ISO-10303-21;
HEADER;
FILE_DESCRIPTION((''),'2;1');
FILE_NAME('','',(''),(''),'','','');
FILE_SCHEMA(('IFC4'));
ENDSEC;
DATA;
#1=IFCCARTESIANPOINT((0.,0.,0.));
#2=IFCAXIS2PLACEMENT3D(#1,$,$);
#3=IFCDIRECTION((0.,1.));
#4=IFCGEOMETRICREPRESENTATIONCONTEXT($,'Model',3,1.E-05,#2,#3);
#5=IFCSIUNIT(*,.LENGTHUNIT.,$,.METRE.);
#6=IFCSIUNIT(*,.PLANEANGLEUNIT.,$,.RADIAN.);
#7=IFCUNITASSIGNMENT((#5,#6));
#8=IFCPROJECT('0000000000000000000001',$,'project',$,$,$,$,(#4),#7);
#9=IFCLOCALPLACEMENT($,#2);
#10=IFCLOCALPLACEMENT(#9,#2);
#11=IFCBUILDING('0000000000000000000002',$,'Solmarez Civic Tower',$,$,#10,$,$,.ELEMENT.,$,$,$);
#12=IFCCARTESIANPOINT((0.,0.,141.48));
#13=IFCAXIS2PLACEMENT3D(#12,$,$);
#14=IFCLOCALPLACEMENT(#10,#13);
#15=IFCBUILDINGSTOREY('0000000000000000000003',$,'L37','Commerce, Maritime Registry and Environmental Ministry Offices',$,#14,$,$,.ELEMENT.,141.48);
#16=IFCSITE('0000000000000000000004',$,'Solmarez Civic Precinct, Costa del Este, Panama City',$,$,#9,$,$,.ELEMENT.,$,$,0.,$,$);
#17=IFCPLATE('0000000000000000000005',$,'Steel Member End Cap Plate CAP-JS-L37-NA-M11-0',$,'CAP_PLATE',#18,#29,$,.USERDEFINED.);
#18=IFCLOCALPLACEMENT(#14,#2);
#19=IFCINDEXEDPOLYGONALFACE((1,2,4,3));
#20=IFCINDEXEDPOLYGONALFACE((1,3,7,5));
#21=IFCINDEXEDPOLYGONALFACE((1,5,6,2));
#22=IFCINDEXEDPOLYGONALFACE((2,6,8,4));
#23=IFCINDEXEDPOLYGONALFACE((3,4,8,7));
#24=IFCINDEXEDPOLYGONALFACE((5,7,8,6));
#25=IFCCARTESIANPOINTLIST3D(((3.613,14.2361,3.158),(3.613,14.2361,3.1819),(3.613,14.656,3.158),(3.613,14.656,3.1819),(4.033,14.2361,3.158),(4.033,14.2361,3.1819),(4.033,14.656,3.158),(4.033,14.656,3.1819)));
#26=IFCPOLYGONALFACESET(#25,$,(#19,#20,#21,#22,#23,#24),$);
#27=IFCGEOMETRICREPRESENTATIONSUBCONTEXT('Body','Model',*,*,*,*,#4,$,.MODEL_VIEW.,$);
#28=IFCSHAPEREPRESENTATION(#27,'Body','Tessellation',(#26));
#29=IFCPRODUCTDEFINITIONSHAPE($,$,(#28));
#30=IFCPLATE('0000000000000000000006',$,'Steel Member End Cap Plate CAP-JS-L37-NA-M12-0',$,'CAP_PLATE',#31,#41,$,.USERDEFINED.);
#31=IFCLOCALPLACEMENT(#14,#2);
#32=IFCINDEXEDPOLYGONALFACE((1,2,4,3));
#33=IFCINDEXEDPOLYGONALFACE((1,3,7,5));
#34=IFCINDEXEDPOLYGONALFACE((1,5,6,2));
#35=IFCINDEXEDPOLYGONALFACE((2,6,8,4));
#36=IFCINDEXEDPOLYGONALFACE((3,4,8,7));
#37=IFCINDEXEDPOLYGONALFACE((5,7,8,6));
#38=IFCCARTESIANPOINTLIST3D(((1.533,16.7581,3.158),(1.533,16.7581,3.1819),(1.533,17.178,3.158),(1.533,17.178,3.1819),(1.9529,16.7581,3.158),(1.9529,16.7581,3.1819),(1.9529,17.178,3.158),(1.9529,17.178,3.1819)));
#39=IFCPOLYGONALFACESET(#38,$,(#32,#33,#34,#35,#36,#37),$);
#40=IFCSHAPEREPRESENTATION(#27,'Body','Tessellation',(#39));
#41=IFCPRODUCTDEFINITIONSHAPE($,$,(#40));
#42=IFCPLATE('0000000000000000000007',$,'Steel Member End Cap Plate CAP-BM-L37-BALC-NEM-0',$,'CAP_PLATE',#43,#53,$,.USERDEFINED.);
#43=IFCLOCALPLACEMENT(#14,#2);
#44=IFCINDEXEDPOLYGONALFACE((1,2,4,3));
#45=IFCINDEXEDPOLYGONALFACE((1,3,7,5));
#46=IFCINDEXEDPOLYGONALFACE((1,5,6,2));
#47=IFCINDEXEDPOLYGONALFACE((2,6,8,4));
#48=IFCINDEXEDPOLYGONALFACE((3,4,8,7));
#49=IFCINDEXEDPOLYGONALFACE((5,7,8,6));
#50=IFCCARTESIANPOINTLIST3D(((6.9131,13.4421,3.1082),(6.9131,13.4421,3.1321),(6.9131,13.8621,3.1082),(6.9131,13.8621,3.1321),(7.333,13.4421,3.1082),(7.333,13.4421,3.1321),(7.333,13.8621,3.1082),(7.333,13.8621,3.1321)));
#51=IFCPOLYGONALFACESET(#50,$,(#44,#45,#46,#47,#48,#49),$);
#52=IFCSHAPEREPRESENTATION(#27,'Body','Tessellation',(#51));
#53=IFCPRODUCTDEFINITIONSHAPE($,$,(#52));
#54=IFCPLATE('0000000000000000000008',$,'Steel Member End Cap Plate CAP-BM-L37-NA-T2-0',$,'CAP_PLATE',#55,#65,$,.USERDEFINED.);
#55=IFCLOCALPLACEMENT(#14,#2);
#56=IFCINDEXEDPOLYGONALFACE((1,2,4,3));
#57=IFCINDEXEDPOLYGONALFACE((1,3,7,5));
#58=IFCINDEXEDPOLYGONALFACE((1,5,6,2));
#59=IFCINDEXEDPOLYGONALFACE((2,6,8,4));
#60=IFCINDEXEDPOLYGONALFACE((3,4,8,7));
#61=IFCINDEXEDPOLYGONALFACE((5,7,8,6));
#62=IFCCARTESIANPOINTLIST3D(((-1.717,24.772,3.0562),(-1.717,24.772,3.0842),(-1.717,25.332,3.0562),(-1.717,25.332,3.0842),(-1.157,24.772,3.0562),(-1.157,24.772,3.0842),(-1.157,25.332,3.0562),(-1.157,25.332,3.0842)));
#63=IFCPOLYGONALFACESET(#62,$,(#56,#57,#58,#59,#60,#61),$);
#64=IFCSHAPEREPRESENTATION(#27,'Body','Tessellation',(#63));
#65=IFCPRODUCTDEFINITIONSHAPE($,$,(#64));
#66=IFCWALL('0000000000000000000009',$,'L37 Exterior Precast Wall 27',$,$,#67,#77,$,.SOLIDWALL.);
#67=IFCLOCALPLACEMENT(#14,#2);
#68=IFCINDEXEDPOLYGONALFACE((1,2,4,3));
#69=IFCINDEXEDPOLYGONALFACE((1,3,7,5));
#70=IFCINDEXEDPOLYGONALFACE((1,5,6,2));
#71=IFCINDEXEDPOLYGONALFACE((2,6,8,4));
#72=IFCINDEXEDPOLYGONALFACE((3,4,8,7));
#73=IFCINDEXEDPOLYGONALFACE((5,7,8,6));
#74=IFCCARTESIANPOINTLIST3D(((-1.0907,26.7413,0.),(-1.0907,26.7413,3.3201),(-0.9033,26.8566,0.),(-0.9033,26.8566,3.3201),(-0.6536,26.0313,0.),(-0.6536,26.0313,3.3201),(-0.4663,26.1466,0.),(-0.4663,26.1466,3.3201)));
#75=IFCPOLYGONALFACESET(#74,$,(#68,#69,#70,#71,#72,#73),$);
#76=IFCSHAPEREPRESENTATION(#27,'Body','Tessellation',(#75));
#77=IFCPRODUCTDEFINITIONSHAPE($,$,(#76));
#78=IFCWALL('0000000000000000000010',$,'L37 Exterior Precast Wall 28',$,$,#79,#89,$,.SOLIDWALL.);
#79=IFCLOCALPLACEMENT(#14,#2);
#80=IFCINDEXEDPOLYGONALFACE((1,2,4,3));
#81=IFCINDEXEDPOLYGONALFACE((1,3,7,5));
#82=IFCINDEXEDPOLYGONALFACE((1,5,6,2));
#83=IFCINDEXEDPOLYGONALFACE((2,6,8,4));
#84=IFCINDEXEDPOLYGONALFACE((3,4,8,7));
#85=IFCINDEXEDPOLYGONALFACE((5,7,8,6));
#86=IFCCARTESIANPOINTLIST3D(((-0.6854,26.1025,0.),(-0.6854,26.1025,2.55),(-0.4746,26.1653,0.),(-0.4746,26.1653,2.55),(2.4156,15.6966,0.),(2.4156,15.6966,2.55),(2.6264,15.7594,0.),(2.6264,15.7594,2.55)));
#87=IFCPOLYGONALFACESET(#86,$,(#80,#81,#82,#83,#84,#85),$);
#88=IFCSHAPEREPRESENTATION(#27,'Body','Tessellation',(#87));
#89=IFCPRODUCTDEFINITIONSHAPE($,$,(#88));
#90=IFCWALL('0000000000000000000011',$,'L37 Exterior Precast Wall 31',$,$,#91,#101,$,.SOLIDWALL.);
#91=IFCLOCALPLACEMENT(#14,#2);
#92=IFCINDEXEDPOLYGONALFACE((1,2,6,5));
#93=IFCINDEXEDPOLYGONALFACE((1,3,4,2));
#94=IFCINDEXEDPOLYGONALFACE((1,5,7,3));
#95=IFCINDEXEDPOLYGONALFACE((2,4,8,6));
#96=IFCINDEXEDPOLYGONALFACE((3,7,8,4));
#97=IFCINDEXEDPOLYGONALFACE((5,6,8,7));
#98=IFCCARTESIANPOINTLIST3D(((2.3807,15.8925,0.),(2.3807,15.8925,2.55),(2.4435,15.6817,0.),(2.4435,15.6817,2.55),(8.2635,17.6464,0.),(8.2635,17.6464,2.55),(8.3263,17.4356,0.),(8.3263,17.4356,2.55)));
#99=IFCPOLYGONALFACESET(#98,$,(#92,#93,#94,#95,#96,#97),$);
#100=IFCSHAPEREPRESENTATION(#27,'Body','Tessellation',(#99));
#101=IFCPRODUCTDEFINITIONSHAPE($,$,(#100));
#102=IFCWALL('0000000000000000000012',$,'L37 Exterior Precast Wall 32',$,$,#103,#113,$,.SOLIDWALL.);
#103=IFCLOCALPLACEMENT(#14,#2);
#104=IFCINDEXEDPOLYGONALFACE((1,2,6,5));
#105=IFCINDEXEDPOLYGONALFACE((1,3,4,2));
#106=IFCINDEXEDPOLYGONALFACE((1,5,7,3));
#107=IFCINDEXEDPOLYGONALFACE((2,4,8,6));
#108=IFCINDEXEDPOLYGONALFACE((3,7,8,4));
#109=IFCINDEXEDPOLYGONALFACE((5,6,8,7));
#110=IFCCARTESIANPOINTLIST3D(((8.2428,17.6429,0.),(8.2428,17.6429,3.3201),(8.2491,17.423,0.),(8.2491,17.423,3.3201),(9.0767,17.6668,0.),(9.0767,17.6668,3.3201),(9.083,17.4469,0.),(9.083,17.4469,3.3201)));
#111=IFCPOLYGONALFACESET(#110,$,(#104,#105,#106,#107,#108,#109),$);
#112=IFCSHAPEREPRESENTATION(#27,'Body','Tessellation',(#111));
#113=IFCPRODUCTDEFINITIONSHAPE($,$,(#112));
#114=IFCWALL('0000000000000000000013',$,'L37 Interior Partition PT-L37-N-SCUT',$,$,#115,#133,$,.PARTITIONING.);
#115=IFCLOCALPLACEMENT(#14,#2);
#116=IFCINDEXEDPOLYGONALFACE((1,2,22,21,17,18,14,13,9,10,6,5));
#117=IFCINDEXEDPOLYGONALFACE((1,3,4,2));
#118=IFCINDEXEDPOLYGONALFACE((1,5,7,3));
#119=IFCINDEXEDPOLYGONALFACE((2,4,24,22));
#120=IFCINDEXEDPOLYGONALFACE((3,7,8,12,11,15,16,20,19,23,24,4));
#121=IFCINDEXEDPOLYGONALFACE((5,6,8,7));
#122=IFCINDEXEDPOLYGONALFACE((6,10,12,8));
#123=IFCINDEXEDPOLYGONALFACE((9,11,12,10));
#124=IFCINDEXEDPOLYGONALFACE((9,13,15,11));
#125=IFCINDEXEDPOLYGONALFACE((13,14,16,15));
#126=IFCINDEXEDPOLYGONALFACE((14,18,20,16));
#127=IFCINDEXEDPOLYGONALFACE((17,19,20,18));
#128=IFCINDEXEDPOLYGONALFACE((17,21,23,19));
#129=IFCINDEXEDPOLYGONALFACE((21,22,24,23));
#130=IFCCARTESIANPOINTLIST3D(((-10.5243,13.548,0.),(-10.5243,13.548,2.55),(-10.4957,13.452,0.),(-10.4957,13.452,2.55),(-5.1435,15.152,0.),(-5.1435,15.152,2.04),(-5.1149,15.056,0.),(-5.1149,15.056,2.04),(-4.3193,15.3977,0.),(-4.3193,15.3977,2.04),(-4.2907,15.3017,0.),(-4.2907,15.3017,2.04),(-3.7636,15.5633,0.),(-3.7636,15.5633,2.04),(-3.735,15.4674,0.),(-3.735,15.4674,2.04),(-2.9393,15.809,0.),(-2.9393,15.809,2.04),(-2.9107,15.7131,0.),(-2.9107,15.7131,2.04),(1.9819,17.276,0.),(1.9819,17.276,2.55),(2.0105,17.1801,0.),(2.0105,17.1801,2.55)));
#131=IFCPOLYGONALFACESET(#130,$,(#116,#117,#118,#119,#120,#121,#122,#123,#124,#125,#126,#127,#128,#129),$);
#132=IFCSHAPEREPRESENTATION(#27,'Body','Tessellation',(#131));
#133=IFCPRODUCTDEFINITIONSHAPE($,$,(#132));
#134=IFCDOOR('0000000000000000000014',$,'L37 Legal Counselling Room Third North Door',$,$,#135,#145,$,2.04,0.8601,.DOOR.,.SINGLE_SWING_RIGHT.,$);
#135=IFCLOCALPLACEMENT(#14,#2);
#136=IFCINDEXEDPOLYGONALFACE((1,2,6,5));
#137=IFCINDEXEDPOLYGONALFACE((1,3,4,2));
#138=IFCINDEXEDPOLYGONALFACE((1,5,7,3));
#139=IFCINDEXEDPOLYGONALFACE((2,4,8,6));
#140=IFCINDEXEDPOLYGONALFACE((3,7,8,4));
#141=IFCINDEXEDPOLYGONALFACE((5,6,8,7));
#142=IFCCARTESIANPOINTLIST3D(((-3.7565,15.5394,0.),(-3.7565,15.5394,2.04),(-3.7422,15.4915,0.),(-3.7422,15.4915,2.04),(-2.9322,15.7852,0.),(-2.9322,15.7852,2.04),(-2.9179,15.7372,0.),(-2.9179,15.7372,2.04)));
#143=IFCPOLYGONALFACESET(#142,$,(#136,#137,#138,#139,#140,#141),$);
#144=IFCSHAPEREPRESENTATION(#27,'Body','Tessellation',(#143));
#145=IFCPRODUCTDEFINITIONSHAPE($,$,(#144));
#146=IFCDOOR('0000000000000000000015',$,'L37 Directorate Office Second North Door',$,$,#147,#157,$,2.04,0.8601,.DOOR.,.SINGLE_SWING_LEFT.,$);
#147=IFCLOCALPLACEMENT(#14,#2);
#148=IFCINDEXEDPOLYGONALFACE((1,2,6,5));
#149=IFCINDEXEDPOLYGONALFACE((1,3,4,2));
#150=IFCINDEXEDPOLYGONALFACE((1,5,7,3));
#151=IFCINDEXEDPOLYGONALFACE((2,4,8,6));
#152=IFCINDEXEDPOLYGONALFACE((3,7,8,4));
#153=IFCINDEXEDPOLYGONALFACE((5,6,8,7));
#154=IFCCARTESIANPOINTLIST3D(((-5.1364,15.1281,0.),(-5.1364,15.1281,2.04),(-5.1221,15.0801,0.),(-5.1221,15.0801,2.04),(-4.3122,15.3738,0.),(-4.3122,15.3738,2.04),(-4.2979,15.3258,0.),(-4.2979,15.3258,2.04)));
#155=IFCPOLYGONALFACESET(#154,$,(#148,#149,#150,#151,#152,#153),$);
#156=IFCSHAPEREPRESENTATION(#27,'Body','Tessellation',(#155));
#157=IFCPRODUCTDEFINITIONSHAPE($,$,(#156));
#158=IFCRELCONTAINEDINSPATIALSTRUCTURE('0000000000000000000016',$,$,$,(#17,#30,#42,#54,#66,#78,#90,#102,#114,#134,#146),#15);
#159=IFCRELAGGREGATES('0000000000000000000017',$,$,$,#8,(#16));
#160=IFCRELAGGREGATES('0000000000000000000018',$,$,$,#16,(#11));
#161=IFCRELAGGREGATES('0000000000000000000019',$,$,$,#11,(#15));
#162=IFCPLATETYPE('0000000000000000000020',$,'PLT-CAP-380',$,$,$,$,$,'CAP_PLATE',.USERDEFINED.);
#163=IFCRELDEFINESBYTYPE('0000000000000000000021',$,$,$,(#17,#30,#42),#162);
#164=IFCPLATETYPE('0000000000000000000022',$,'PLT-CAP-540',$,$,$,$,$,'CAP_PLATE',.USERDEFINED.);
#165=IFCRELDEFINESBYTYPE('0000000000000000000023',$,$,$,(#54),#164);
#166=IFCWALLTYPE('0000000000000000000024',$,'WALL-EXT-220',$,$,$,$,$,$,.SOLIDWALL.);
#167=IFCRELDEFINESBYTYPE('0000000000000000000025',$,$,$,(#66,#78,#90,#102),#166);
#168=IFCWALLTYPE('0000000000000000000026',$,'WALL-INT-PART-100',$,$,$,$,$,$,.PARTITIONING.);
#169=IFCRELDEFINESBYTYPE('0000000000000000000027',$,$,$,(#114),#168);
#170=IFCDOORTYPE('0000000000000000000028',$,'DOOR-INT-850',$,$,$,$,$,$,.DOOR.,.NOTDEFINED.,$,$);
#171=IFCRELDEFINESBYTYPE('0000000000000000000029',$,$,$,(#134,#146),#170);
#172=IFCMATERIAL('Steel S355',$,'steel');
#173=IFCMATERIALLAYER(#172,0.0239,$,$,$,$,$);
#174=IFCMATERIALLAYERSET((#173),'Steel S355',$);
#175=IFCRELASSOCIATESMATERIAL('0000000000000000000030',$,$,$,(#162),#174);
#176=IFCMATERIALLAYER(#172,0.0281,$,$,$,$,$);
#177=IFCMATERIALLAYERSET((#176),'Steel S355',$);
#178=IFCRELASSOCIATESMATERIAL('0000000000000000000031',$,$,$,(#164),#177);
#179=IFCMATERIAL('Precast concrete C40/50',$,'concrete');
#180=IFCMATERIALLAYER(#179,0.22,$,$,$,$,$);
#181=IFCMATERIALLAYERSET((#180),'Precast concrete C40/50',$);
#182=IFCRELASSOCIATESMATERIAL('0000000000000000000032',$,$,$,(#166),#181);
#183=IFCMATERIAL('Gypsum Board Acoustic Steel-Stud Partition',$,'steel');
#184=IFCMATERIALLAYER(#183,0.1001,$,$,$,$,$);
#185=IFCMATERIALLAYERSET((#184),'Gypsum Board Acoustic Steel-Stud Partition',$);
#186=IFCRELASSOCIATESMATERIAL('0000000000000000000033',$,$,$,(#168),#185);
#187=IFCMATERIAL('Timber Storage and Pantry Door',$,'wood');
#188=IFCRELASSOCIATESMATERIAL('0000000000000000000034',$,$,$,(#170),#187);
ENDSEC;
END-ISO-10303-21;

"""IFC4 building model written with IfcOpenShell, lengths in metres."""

from ifc_helpers import new_model, si_unit, direction, frame, frame_2d, origin, origin_2d, place, context, subcontext, project, spatial, rectangle, extrude, material, layer, layer_set, type_object, element, fill, save


model = new_model("IFC4")

# Units and contexts
model_context = context("Model", 3, precision=1e-05, world=origin(), true_north=direction((0.0, 1.0)))
body_context = subcontext(model_context, "Body", "Model", "MODEL_VIEW")
ifc_project = project(units=[si_unit("LENGTHUNIT", "METRE"), si_unit("PLANEANGLEUNIT", "RADIAN")], contexts=[model_context])

# Site, building, storey
site_placement = place(None, origin())
site = spatial("IfcSite", under=ifc_project, at=site_placement, Name="Solmarez Civic Precinct, Costa del Este, Panama City", CompositionType="ELEMENT", RefElevation=0.0)
building_placement = place(site_placement, origin())
building = spatial("IfcBuilding", under=site, at=building_placement, Name="Solmarez Civic Tower", CompositionType="ELEMENT")
storey_placement = place(building_placement, frame((0.0, 0.0, 141.48)))
storey = spatial("IfcBuildingStorey", under=building, at=storey_placement, Name="L37", Description="Commerce, Maritime Registry and Environmental Ministry Offices", CompositionType="ELEMENT", Elevation=141.48)

# Shared definitions
ifc_material_1 = material(Name="Steel S355", Category="steel")

# Plates
ifc_layer_1 = layer(ifc_material_1, 0.0239)
ifc_layer_set_1 = layer_set([ifc_layer_1], Name="Steel S355")
plate_type_1 = type_object("IfcPlateType", Name="PLT-CAP-380", ElementType="CAP_PLATE", PredefinedType="USERDEFINED", material=ifc_layer_set_1)
for number, where, z_axis, x_axis, name in (
    (1, (3.823, 14.446, 3.158), (0.0, 0.0, 1.0), (1.0, 0.0, 0.0), "Steel Member End Cap Plate CAP-JS-L37-NA-M11-0"),
    (2, (1.7429, 16.968, 3.158), (0.0, 0.0, 1.0), (1.0, 0.0, 0.0), "Steel Member End Cap Plate CAP-JS-L37-NA-M12-0"),
    (3, (7.123, 13.6521, 3.1082), (0.0, 0.0, 1.0), (1.0, 0.0, 0.0), "Steel Member End Cap Plate CAP-BM-L37-BALC-NEM-0"),
):
    element("IfcPlate", number, at=place(storey_placement, frame(where, z_axis=z_axis, x_axis=x_axis)), inside=storey, type_object=plate_type_1, Name=name, ObjectType="CAP_PLATE", PredefinedType="USERDEFINED", context=body_context, shape_type="SweptSolid", body=[
        extrude(rectangle(XDim=0.4199, YDim=0.4199, at=origin_2d()), origin(), (0.0, 0.0, 1.0), 0.0239),
    ])
ifc_layer_2 = layer(ifc_material_1, 0.0281)
ifc_layer_set_2 = layer_set([ifc_layer_2], Name="Steel S355")
plate_type_2 = type_object("IfcPlateType", Name="PLT-CAP-540", ElementType="CAP_PLATE", PredefinedType="USERDEFINED", material=ifc_layer_set_2)
plate_placement = place(storey_placement, frame((-1.437, 25.052, 3.0562), z_axis=(0.0, 0.0, 1.0), x_axis=(1.0, 0.0, 0.0)))
element("IfcPlate", 4, at=plate_placement, inside=storey, type_object=plate_type_2, Name="Steel Member End Cap Plate CAP-BM-L37-NA-T2-0", ObjectType="CAP_PLATE", PredefinedType="USERDEFINED", context=body_context, shape_type="SweptSolid", body=[
    extrude(rectangle(XDim=0.5601, YDim=0.5601, at=origin_2d()), origin(), (0.0, 0.0, 1.0), 0.0281),
])

# Walls
ifc_material_2 = material(Name="Precast concrete C40/50", Category="concrete")
ifc_layer_3 = layer(ifc_material_2, 0.22)
ifc_layer_set_3 = layer_set([ifc_layer_3], Name="Precast concrete C40/50")
wall_type_1 = type_object("IfcWallType", Name="WALL-EXT-220", PredefinedType="SOLIDWALL", material=ifc_layer_set_3)
wall_1_placement = place(storey_placement, frame((-0.9971, 26.7991, 0.0), z_axis=(0.0, 0.0, 1.0), x_axis=(0.524195, -0.851598, 0.0)))
element("IfcWall", 5, at=wall_1_placement, inside=storey, type_object=wall_type_1, Name="L37 Exterior Precast Wall 27", PredefinedType="SOLIDWALL", context=body_context, shape_type="SweptSolid", body=[
    extrude(rectangle(XDim=0.8337, YDim=0.22, at=frame_2d((0.417, 0.0))), origin(), (0.0, 0.0, 1.0), 3.3201),
])
wall_2_placement = place(storey_placement, frame((-0.5801, 26.134, 0.0), z_axis=(0.0, 0.0, 1.0), x_axis=(0.285596, -0.95835, 0.0)))
element("IfcWall", 6, at=wall_2_placement, inside=storey, type_object=wall_type_1, Name="L37 Exterior Precast Wall 28", PredefinedType="SOLIDWALL", context=body_context, shape_type="SweptSolid", body=[
    extrude(rectangle(XDim=10.8582, YDim=0.22, at=frame_2d((5.4292, 0.0))), origin(), (0.0, 0.0, 1.0), 2.55),
])
wall_3_placement = place(storey_placement, frame((2.4121, 15.7871, 0.0), z_axis=(0.0, 0.0, 1.0), x_axis=(0.958315, 0.285713, 0.0)))
element("IfcWall", 7, at=wall_3_placement, inside=storey, type_object=wall_type_1, Name="L37 Exterior Precast Wall 31", PredefinedType="SOLIDWALL", context=body_context, shape_type="SweptSolid", body=[
    extrude(rectangle(XDim=6.1387, YDim=0.22, at=frame_2d((3.0693, 0.0))), origin(), (0.0, 0.0, 1.0), 2.55),
])
wall_4_placement = place(storey_placement, frame((8.2461, 17.533, 0.0), z_axis=(0.0, 0.0, 1.0), x_axis=(0.999589, 0.028677, 0.0)))
element("IfcWall", 8, at=wall_4_placement, inside=storey, type_object=wall_type_1, Name="L37 Exterior Precast Wall 32", PredefinedType="SOLIDWALL", context=body_context, shape_type="SweptSolid", body=[
    extrude(rectangle(XDim=0.8342, YDim=0.22, at=frame_2d((0.417, 0.0))), origin(), (0.0, 0.0, 1.0), 3.3201),
])

# Wall, openings, doors
ifc_material_3 = material(Name="Gypsum Board Acoustic Steel-Stud Partition", Category="steel")
ifc_layer_4 = layer(ifc_material_3, 0.1001)
ifc_layer_set_4 = layer_set([ifc_layer_4], Name="Gypsum Board Acoustic Steel-Stud Partition")
wall_type_2 = type_object("IfcWallType", Name="WALL-INT-PART-100", PredefinedType="PARTITIONING", material=ifc_layer_set_4)
wall_5_placement = place(storey_placement, frame((1.9961, 17.228, 0.0), z_axis=(0.0, 0.0, 1.0), x_axis=(-0.958327, -0.285674, 0.0)))
wall_5 = element("IfcWall", 9, at=wall_5_placement, inside=storey, type_object=wall_type_2, Name="L37 Interior Partition PT-L37-N-SCUT", PredefinedType="PARTITIONING", context=body_context, shape_type="SweptSolid", body=[
    extrude(rectangle(XDim=13.05, YDim=0.1001, at=frame_2d((6.5249, 0.0))), origin(), (0.0, 0.0, 1.0), 2.55),
])
opening_1_placement = place(wall_5_placement, frame((5.135, 0.0, 0.0)))
opening_1 = element("IfcOpeningElement", 10, at=opening_1_placement, cuts=wall_5, PredefinedType="OPENING", context=body_context, shape_type="SweptSolid", body=[
    extrude(rectangle(XDim=0.8601, YDim=2.04, at=frame_2d((0.4302, 1.02))), frame((0.0, 0.0601, 0.0), z_axis=(0.0, -1.0, 0.0), x_axis=(1.0, 0.0, 0.0)), (0.0, 0.0, 1.0), 0.1201),
])
opening_2_placement = place(wall_5_placement, frame((6.575, 0.0, 0.0)))
opening_2 = element("IfcOpeningElement", 11, at=opening_2_placement, cuts=wall_5, PredefinedType="OPENING", context=body_context, shape_type="SweptSolid", body=[
    extrude(rectangle(XDim=0.8601, YDim=2.04, at=frame_2d((0.4302, 1.02))), frame((0.0, 0.0601, 0.0), z_axis=(0.0, -1.0, 0.0), x_axis=(1.0, 0.0, 0.0)), (0.0, 0.0, 1.0), 0.1201),
])
ifc_material_4 = material(Name="Timber Storage and Pantry Door", Category="wood")
door_type = type_object("IfcDoorType", Name="DOOR-INT-850", OperationType="NOTDEFINED", PredefinedType="DOOR", material=ifc_material_4)
door_1_placement = place(opening_1_placement, origin())
door_1 = element("IfcDoor", 12, at=door_1_placement, inside=storey, type_object=door_type, Name="L37 Legal Counselling Room Third North Door", OperationType="SINGLE_SWING_RIGHT", OverallHeight=2.04, OverallWidth=0.8601, PredefinedType="DOOR", context=body_context, shape_type="SweptSolid", body=[
    extrude(rectangle(XDim=0.8601, YDim=2.04, at=frame_2d((0.4302, 1.02))), frame((0.0, 0.0249, 0.0), z_axis=(0.0, -1.0, 0.0), x_axis=(1.0, 0.0, 0.0)), (0.0, 0.0, 1.0), 0.05),
])
fill(opening_1, door_1)
door_2_placement = place(opening_2_placement, origin())
door_2 = element("IfcDoor", 13, at=door_2_placement, inside=storey, type_object=door_type, Name="L37 Directorate Office Second North Door", OperationType="SINGLE_SWING_LEFT", OverallHeight=2.04, OverallWidth=0.8601, PredefinedType="DOOR", context=body_context, shape_type="SweptSolid", body=[
    extrude(rectangle(XDim=0.8601, YDim=2.04, at=frame_2d((0.4302, 1.02))), frame((0.0, 0.0249, 0.0), z_axis=(0.0, -1.0, 0.0), x_axis=(1.0, 0.0, 0.0)), (0.0, 0.0, 1.0), 0.05),
])
fill(opening_2, door_2)

save(model, "model.ifc")
